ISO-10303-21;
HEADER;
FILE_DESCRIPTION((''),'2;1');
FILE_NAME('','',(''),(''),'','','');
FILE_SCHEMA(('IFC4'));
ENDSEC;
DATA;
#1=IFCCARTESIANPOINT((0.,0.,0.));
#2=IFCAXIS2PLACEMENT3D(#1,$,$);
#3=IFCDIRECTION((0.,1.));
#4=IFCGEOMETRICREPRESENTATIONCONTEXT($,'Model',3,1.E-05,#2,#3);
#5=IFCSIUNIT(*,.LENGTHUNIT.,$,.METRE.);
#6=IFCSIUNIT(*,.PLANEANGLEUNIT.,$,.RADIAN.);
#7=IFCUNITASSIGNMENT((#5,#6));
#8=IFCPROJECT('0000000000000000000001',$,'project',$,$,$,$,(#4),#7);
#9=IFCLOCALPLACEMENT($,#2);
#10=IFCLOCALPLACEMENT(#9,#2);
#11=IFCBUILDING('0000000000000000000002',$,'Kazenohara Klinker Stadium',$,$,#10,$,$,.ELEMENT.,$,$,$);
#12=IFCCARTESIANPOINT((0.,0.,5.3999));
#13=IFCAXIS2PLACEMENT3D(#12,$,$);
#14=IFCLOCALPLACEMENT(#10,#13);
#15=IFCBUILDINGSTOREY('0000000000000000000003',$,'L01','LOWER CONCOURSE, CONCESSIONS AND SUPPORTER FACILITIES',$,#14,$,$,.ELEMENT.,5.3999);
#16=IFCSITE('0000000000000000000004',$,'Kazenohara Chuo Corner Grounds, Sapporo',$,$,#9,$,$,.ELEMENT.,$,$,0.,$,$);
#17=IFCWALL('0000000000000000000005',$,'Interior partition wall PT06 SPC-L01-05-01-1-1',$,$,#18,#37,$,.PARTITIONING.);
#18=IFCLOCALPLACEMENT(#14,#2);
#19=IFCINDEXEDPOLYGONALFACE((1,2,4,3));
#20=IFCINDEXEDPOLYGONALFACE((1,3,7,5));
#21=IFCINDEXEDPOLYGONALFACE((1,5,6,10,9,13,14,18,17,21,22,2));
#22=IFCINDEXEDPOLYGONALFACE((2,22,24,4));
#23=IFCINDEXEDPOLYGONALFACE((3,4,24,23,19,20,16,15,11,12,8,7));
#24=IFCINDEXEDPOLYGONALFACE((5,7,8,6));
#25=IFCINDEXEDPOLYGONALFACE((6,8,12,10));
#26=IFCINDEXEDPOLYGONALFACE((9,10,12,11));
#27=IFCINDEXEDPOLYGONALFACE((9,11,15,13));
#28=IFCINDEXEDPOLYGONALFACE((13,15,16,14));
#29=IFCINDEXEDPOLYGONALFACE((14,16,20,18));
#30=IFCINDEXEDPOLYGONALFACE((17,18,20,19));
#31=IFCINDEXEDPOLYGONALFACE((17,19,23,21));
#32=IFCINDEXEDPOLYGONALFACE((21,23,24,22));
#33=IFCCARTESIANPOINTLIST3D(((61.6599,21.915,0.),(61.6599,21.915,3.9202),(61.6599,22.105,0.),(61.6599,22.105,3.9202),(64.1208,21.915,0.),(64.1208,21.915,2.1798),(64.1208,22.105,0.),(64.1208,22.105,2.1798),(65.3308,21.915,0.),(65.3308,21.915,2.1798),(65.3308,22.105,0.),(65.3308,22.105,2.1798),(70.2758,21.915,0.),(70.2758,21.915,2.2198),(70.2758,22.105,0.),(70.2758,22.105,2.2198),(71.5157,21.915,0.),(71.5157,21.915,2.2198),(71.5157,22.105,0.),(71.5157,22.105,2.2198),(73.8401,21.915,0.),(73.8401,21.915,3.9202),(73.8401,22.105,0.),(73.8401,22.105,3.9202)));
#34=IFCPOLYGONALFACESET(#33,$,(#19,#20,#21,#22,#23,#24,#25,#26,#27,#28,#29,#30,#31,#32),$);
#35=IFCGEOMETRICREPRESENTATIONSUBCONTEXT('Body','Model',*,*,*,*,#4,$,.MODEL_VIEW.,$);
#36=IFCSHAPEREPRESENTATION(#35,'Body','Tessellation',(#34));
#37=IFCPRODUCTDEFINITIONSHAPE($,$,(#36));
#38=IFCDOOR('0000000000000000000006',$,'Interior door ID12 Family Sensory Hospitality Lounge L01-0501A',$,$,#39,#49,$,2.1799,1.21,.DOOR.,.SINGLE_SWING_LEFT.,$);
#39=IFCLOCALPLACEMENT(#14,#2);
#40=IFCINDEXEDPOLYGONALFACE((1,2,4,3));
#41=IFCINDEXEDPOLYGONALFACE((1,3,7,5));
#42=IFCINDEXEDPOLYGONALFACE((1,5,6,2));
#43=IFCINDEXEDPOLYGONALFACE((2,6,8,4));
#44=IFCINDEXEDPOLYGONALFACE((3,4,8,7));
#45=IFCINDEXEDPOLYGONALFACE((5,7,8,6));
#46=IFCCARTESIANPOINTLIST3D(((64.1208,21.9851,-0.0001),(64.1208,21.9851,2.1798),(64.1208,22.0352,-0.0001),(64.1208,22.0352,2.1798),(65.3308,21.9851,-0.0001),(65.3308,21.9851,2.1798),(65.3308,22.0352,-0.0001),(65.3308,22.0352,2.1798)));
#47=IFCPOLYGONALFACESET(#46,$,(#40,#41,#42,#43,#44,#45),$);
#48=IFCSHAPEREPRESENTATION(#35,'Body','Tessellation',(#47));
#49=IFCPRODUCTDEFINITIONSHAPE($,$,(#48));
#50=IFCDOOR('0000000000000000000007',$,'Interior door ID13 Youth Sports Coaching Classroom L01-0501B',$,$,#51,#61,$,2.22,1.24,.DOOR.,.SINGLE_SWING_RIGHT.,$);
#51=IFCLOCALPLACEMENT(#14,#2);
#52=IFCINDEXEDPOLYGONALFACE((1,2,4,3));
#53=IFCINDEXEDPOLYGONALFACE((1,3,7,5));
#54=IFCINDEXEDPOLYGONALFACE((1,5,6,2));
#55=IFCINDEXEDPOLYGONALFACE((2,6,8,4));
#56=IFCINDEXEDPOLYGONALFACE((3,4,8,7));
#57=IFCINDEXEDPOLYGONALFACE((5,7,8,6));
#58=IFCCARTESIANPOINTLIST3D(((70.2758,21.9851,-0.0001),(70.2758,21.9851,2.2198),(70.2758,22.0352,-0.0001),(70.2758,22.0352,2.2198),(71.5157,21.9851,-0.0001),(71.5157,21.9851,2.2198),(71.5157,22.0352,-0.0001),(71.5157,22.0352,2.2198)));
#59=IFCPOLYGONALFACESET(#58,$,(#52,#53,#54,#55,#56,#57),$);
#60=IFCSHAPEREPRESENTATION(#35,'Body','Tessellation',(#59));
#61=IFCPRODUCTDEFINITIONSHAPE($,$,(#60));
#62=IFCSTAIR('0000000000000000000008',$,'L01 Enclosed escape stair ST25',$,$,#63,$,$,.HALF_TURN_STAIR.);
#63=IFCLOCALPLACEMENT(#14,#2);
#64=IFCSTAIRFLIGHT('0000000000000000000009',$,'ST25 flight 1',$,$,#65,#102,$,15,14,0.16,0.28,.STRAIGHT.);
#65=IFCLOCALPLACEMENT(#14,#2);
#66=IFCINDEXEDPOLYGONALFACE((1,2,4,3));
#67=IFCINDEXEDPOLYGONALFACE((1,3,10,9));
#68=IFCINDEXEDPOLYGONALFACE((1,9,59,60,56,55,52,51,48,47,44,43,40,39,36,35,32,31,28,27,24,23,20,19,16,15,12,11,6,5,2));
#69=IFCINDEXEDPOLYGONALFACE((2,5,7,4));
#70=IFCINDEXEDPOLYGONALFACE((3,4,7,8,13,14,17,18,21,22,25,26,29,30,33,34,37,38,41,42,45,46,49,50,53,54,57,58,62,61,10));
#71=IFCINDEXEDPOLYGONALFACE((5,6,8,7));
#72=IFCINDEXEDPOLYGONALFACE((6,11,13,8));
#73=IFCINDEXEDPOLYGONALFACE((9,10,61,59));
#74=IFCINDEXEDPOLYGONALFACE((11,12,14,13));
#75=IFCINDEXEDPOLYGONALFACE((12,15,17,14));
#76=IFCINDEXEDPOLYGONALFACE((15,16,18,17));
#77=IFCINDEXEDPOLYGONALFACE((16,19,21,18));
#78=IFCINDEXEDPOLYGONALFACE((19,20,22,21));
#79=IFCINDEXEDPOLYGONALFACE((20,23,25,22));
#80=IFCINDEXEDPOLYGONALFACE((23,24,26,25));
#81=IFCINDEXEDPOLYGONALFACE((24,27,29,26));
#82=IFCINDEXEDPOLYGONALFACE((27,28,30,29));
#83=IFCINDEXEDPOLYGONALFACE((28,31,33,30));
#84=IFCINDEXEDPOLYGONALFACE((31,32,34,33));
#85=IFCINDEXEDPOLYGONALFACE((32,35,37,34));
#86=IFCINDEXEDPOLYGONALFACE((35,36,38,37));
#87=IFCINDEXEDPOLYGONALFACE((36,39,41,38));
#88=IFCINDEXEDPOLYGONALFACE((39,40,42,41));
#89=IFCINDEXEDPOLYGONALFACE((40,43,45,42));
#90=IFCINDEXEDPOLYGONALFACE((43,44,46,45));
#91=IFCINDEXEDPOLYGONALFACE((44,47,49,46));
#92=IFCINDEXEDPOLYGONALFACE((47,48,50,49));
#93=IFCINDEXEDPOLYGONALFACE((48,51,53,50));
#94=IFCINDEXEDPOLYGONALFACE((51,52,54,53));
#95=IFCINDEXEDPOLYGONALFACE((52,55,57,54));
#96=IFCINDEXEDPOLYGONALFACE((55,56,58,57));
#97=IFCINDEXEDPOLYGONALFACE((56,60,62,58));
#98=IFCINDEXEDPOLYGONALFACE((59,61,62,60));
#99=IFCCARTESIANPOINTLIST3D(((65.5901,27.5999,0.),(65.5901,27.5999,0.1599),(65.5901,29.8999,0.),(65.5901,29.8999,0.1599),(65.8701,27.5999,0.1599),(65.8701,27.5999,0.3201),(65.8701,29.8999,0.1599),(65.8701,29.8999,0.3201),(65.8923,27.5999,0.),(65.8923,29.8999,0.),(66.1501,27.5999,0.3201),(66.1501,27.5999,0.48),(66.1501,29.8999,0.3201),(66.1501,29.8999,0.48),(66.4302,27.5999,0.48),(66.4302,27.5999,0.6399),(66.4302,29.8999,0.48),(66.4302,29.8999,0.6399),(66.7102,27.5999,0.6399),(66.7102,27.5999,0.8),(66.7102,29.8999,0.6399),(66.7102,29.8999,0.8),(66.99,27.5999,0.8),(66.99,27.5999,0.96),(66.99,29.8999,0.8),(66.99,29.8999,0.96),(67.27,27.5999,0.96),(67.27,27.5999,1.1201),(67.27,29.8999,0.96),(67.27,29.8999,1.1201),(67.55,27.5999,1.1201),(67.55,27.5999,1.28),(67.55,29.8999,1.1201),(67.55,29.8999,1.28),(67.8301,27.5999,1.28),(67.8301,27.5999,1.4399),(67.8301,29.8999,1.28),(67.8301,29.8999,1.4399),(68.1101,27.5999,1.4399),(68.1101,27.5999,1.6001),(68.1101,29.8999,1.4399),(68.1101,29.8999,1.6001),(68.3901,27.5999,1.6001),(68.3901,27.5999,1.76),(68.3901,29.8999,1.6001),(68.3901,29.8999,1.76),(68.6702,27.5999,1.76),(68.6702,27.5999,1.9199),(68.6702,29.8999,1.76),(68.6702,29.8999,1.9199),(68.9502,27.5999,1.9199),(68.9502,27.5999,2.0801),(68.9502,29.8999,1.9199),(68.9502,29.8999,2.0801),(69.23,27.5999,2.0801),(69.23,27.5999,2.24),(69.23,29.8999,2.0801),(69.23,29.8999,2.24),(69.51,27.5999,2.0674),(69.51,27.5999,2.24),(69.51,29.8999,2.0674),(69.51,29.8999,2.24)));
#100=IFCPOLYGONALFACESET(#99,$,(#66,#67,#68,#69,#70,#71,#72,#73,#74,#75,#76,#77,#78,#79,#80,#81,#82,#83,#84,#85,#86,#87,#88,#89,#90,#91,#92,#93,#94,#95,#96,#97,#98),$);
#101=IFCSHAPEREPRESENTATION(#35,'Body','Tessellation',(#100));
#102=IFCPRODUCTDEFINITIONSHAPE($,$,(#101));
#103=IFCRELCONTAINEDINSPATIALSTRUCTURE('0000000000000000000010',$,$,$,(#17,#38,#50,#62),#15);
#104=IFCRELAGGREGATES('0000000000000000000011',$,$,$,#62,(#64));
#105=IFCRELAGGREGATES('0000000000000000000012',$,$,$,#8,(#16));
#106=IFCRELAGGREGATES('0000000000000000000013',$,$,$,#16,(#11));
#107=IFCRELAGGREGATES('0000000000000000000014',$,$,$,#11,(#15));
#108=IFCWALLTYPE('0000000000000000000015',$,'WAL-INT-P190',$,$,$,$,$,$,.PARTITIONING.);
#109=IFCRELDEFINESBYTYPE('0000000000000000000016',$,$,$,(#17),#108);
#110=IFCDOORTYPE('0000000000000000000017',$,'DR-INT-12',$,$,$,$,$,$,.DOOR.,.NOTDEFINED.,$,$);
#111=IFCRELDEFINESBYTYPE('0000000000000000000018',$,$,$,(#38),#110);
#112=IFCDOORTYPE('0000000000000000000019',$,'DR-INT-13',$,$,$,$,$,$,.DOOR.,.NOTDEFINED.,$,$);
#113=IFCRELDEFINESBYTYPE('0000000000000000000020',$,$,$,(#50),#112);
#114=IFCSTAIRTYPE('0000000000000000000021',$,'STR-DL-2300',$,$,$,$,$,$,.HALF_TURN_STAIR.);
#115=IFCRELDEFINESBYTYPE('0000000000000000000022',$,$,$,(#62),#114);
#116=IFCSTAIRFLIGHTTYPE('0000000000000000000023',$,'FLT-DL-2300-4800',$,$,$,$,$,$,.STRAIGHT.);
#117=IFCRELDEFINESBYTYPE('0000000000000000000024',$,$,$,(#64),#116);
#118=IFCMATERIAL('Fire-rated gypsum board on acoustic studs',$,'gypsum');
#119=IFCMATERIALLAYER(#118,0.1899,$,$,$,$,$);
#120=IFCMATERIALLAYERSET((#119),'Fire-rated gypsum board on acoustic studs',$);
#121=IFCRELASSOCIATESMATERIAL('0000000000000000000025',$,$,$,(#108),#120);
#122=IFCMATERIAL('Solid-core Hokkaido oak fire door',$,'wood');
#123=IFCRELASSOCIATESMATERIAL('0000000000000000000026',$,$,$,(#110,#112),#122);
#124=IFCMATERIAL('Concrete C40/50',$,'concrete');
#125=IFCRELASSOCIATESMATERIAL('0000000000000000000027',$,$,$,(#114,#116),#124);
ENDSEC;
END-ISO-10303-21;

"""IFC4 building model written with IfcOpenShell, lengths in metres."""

from ifc_helpers import new_model, si_unit, direction, frame, frame_2d, origin, place, context, subcontext, project, spatial, polyline, rectangle, outline, extrude, material, layer, layer_set, type_object, element, fill, aggregate, save


model = new_model("IFC4")

# Units and contexts
model_context = context("Model", 3, precision=1e-05, world=origin(), true_north=direction((0.0, 1.0)))
body_context = subcontext(model_context, "Body", "Model", "MODEL_VIEW")
ifc_project = project(units=[si_unit("LENGTHUNIT", "METRE"), si_unit("PLANEANGLEUNIT", "RADIAN")], contexts=[model_context])

# Site, building, storey
site_placement = place(None, origin())
site = spatial("IfcSite", under=ifc_project, at=site_placement, Name="Kazenohara Chuo Corner Grounds, Sapporo", CompositionType="ELEMENT", RefElevation=0.0)
building_placement = place(site_placement, origin())
building = spatial("IfcBuilding", under=site, at=building_placement, Name="Kazenohara Klinker Stadium", CompositionType="ELEMENT")
storey_placement = place(building_placement, frame((0.0, 0.0, 5.3999)))
storey = spatial("IfcBuildingStorey", under=building, at=storey_placement, Name="L01", Description="LOWER CONCOURSE, CONCESSIONS AND SUPPORTER FACILITIES", CompositionType="ELEMENT", Elevation=5.3999)

# Shared definitions
ifc_material_1 = material(Name="Concrete C40/50", Category="concrete")

# Shared definitions
ifc_material_2 = material(Name="Fire-rated gypsum board on acoustic studs", Category="gypsum")
ifc_material_3 = material(Name="Solid-core Hokkaido oak fire door", Category="wood")

# Wall, openings, doors
ifc_layer_1 = layer(ifc_material_2, 0.1899)
ifc_layer_set_1 = layer_set([ifc_layer_1], Name="Fire-rated gypsum board on acoustic studs")
wall_type_1 = type_object("IfcWallType", Name="WAL-INT-P190", PredefinedType="PARTITIONING", material=ifc_layer_set_1)
wall_1_placement = place(storey_placement, frame((61.6599, 22.01, 0.0), z_axis=(0.0, 0.0, 1.0), x_axis=(1.0, 0.0, 0.0)))
wall_1 = element("IfcWall", 1, at=wall_1_placement, inside=storey, type_object=wall_type_1, Name="Interior partition wall PT06 SPC-L01-05-01-1-1", PredefinedType="PARTITIONING", context=body_context, shape_type="SweptSolid", body=[
    extrude(rectangle(XDim=12.1802, YDim=0.1899, at=frame_2d((6.0901, 0.0))), origin(), (0.0, 0.0, 1.0), 3.9202),
])
opening_1_placement = place(wall_1_placement, frame((3.6709, 0.0, 0.0), z_axis=(0.0, 0.0, 1.0), x_axis=(-1.0, 0.0, 0.0)))
opening_1 = element("IfcOpeningElement", 2, at=opening_1_placement, cuts=wall_1, PredefinedType="OPENING", context=body_context, shape_type="SweptSolid", body=[
    extrude(rectangle(XDim=1.21, YDim=2.1799, at=frame_2d((0.605, 1.0898))), frame((0.0, 0.105, 0.0), z_axis=(0.0, -1.0, 0.0), x_axis=(1.0, 0.0, 0.0)), (0.0, 0.0, 1.0), 0.21),
])
opening_2_placement = place(wall_1_placement, frame((9.856, 0.0, 0.0), z_axis=(0.0, 0.0, 1.0), x_axis=(-1.0, 0.0, 0.0)))
opening_2 = element("IfcOpeningElement", 3, at=opening_2_placement, cuts=wall_1, PredefinedType="OPENING", context=body_context, shape_type="SweptSolid", body=[
    extrude(rectangle(XDim=1.24, YDim=2.22, at=frame_2d((0.6201, 1.1099))), frame((0.0, 0.105, 0.0), z_axis=(0.0, -1.0, 0.0), x_axis=(1.0, 0.0, 0.0)), (0.0, 0.0, 1.0), 0.21),
])
door_type_1 = type_object("IfcDoorType", Name="DR-INT-12", OperationType="NOTDEFINED", PredefinedType="DOOR", material=ifc_material_3)
door_1_placement = place(opening_1_placement, origin())
door_1 = element("IfcDoor", 4, at=door_1_placement, inside=storey, type_object=door_type_1, Name="Interior door ID12 Family Sensory Hospitality Lounge L01-0501A", OperationType="SINGLE_SWING_LEFT", OverallHeight=2.1799, OverallWidth=1.21, PredefinedType="DOOR", context=body_context, shape_type="SweptSolid", body=[
    extrude(rectangle(XDim=1.21, YDim=2.1799, at=frame_2d((0.605, 1.0898))), frame((0.0, 0.0249, 0.0), z_axis=(0.0, -1.0, 0.0), x_axis=(1.0, 0.0, 0.0)), (0.0, 0.0, 1.0), 0.05),
])
fill(opening_1, door_1)
door_type_2 = type_object("IfcDoorType", Name="DR-INT-13", OperationType="NOTDEFINED", PredefinedType="DOOR", material=ifc_material_3)
door_2_placement = place(opening_2_placement, origin())
door_2 = element("IfcDoor", 5, at=door_2_placement, inside=storey, type_object=door_type_2, Name="Interior door ID13 Youth Sports Coaching Classroom L01-0501B", OperationType="SINGLE_SWING_RIGHT", OverallHeight=2.22, OverallWidth=1.24, PredefinedType="DOOR", context=body_context, shape_type="SweptSolid", body=[
    extrude(rectangle(XDim=1.24, YDim=2.22, at=frame_2d((0.6201, 1.1099))), frame((0.0, 0.0249, 0.0), z_axis=(0.0, -1.0, 0.0), x_axis=(1.0, 0.0, 0.0)), (0.0, 0.0, 1.0), 0.05),
])
fill(opening_2, door_2)

# Stair, stair flight
stair_type = type_object("IfcStairType", Name="STR-DL-2300", PredefinedType="HALF_TURN_STAIR", material=ifc_material_1)
stair_placement = place(storey_placement, origin())
stair = element("IfcStair", 6, at=stair_placement, inside=storey, type_object=stair_type, Name="L01 Enclosed escape stair ST25", PredefinedType="HALF_TURN_STAIR")
stair_flight_type = type_object("IfcStairFlightType", Name="FLT-DL-2300-4800", PredefinedType="STRAIGHT", material=ifc_material_1)
stair_flight_placement = place(storey_placement, frame((65.5901, 28.75, 0.0), z_axis=(0.0, 0.0, 1.0), x_axis=(1.0, 0.0, 0.0)))
stair_flight = element("IfcStairFlight", 7, at=stair_flight_placement, type_object=stair_flight_type, Name="ST25 flight 1", NumberOfRisers=15, NumberOfTreads=14, PredefinedType="STRAIGHT", RiserHeight=0.16, TreadLength=0.28, context=body_context, shape_type="SweptSolid", body=[
    extrude(outline(polyline([(0.0, 0.0), (0.0, 0.1599), (0.28, 0.1599), (0.28, 0.3201), (0.5601, 0.3201), (0.5601, 0.48), (0.8401, 0.48), (0.8401, 0.6399), (1.1201, 0.6399), (1.1201, 0.8), (1.3999, 0.8), (1.3999, 0.96), (1.6799, 0.96), (1.6799, 1.1201), (1.96, 1.1201), (1.96, 1.28), (2.24, 1.28), (2.24, 1.4399), (2.52, 1.4399), (2.52, 1.6001), (2.8, 1.6001), (2.8, 1.76), (3.0801, 1.76), (3.0801, 1.9199), (3.3601, 1.9199), (3.3601, 2.0801), (3.6399, 2.0801), (3.6399, 2.24), (3.9199, 2.24), (3.9199, 2.3999), (3.9199, 2.0674), (0.3022, 0.0), (0.0, 0.0)])), frame((0.0, 1.1499, 0.0), z_axis=(0.0, -1.0, 0.0), x_axis=(1.0, 0.0, 0.0)), (0.0, 0.0, 1.0), 2.3),
])
aggregate(stair, [stair_flight])

save(model, "model.ifc")
